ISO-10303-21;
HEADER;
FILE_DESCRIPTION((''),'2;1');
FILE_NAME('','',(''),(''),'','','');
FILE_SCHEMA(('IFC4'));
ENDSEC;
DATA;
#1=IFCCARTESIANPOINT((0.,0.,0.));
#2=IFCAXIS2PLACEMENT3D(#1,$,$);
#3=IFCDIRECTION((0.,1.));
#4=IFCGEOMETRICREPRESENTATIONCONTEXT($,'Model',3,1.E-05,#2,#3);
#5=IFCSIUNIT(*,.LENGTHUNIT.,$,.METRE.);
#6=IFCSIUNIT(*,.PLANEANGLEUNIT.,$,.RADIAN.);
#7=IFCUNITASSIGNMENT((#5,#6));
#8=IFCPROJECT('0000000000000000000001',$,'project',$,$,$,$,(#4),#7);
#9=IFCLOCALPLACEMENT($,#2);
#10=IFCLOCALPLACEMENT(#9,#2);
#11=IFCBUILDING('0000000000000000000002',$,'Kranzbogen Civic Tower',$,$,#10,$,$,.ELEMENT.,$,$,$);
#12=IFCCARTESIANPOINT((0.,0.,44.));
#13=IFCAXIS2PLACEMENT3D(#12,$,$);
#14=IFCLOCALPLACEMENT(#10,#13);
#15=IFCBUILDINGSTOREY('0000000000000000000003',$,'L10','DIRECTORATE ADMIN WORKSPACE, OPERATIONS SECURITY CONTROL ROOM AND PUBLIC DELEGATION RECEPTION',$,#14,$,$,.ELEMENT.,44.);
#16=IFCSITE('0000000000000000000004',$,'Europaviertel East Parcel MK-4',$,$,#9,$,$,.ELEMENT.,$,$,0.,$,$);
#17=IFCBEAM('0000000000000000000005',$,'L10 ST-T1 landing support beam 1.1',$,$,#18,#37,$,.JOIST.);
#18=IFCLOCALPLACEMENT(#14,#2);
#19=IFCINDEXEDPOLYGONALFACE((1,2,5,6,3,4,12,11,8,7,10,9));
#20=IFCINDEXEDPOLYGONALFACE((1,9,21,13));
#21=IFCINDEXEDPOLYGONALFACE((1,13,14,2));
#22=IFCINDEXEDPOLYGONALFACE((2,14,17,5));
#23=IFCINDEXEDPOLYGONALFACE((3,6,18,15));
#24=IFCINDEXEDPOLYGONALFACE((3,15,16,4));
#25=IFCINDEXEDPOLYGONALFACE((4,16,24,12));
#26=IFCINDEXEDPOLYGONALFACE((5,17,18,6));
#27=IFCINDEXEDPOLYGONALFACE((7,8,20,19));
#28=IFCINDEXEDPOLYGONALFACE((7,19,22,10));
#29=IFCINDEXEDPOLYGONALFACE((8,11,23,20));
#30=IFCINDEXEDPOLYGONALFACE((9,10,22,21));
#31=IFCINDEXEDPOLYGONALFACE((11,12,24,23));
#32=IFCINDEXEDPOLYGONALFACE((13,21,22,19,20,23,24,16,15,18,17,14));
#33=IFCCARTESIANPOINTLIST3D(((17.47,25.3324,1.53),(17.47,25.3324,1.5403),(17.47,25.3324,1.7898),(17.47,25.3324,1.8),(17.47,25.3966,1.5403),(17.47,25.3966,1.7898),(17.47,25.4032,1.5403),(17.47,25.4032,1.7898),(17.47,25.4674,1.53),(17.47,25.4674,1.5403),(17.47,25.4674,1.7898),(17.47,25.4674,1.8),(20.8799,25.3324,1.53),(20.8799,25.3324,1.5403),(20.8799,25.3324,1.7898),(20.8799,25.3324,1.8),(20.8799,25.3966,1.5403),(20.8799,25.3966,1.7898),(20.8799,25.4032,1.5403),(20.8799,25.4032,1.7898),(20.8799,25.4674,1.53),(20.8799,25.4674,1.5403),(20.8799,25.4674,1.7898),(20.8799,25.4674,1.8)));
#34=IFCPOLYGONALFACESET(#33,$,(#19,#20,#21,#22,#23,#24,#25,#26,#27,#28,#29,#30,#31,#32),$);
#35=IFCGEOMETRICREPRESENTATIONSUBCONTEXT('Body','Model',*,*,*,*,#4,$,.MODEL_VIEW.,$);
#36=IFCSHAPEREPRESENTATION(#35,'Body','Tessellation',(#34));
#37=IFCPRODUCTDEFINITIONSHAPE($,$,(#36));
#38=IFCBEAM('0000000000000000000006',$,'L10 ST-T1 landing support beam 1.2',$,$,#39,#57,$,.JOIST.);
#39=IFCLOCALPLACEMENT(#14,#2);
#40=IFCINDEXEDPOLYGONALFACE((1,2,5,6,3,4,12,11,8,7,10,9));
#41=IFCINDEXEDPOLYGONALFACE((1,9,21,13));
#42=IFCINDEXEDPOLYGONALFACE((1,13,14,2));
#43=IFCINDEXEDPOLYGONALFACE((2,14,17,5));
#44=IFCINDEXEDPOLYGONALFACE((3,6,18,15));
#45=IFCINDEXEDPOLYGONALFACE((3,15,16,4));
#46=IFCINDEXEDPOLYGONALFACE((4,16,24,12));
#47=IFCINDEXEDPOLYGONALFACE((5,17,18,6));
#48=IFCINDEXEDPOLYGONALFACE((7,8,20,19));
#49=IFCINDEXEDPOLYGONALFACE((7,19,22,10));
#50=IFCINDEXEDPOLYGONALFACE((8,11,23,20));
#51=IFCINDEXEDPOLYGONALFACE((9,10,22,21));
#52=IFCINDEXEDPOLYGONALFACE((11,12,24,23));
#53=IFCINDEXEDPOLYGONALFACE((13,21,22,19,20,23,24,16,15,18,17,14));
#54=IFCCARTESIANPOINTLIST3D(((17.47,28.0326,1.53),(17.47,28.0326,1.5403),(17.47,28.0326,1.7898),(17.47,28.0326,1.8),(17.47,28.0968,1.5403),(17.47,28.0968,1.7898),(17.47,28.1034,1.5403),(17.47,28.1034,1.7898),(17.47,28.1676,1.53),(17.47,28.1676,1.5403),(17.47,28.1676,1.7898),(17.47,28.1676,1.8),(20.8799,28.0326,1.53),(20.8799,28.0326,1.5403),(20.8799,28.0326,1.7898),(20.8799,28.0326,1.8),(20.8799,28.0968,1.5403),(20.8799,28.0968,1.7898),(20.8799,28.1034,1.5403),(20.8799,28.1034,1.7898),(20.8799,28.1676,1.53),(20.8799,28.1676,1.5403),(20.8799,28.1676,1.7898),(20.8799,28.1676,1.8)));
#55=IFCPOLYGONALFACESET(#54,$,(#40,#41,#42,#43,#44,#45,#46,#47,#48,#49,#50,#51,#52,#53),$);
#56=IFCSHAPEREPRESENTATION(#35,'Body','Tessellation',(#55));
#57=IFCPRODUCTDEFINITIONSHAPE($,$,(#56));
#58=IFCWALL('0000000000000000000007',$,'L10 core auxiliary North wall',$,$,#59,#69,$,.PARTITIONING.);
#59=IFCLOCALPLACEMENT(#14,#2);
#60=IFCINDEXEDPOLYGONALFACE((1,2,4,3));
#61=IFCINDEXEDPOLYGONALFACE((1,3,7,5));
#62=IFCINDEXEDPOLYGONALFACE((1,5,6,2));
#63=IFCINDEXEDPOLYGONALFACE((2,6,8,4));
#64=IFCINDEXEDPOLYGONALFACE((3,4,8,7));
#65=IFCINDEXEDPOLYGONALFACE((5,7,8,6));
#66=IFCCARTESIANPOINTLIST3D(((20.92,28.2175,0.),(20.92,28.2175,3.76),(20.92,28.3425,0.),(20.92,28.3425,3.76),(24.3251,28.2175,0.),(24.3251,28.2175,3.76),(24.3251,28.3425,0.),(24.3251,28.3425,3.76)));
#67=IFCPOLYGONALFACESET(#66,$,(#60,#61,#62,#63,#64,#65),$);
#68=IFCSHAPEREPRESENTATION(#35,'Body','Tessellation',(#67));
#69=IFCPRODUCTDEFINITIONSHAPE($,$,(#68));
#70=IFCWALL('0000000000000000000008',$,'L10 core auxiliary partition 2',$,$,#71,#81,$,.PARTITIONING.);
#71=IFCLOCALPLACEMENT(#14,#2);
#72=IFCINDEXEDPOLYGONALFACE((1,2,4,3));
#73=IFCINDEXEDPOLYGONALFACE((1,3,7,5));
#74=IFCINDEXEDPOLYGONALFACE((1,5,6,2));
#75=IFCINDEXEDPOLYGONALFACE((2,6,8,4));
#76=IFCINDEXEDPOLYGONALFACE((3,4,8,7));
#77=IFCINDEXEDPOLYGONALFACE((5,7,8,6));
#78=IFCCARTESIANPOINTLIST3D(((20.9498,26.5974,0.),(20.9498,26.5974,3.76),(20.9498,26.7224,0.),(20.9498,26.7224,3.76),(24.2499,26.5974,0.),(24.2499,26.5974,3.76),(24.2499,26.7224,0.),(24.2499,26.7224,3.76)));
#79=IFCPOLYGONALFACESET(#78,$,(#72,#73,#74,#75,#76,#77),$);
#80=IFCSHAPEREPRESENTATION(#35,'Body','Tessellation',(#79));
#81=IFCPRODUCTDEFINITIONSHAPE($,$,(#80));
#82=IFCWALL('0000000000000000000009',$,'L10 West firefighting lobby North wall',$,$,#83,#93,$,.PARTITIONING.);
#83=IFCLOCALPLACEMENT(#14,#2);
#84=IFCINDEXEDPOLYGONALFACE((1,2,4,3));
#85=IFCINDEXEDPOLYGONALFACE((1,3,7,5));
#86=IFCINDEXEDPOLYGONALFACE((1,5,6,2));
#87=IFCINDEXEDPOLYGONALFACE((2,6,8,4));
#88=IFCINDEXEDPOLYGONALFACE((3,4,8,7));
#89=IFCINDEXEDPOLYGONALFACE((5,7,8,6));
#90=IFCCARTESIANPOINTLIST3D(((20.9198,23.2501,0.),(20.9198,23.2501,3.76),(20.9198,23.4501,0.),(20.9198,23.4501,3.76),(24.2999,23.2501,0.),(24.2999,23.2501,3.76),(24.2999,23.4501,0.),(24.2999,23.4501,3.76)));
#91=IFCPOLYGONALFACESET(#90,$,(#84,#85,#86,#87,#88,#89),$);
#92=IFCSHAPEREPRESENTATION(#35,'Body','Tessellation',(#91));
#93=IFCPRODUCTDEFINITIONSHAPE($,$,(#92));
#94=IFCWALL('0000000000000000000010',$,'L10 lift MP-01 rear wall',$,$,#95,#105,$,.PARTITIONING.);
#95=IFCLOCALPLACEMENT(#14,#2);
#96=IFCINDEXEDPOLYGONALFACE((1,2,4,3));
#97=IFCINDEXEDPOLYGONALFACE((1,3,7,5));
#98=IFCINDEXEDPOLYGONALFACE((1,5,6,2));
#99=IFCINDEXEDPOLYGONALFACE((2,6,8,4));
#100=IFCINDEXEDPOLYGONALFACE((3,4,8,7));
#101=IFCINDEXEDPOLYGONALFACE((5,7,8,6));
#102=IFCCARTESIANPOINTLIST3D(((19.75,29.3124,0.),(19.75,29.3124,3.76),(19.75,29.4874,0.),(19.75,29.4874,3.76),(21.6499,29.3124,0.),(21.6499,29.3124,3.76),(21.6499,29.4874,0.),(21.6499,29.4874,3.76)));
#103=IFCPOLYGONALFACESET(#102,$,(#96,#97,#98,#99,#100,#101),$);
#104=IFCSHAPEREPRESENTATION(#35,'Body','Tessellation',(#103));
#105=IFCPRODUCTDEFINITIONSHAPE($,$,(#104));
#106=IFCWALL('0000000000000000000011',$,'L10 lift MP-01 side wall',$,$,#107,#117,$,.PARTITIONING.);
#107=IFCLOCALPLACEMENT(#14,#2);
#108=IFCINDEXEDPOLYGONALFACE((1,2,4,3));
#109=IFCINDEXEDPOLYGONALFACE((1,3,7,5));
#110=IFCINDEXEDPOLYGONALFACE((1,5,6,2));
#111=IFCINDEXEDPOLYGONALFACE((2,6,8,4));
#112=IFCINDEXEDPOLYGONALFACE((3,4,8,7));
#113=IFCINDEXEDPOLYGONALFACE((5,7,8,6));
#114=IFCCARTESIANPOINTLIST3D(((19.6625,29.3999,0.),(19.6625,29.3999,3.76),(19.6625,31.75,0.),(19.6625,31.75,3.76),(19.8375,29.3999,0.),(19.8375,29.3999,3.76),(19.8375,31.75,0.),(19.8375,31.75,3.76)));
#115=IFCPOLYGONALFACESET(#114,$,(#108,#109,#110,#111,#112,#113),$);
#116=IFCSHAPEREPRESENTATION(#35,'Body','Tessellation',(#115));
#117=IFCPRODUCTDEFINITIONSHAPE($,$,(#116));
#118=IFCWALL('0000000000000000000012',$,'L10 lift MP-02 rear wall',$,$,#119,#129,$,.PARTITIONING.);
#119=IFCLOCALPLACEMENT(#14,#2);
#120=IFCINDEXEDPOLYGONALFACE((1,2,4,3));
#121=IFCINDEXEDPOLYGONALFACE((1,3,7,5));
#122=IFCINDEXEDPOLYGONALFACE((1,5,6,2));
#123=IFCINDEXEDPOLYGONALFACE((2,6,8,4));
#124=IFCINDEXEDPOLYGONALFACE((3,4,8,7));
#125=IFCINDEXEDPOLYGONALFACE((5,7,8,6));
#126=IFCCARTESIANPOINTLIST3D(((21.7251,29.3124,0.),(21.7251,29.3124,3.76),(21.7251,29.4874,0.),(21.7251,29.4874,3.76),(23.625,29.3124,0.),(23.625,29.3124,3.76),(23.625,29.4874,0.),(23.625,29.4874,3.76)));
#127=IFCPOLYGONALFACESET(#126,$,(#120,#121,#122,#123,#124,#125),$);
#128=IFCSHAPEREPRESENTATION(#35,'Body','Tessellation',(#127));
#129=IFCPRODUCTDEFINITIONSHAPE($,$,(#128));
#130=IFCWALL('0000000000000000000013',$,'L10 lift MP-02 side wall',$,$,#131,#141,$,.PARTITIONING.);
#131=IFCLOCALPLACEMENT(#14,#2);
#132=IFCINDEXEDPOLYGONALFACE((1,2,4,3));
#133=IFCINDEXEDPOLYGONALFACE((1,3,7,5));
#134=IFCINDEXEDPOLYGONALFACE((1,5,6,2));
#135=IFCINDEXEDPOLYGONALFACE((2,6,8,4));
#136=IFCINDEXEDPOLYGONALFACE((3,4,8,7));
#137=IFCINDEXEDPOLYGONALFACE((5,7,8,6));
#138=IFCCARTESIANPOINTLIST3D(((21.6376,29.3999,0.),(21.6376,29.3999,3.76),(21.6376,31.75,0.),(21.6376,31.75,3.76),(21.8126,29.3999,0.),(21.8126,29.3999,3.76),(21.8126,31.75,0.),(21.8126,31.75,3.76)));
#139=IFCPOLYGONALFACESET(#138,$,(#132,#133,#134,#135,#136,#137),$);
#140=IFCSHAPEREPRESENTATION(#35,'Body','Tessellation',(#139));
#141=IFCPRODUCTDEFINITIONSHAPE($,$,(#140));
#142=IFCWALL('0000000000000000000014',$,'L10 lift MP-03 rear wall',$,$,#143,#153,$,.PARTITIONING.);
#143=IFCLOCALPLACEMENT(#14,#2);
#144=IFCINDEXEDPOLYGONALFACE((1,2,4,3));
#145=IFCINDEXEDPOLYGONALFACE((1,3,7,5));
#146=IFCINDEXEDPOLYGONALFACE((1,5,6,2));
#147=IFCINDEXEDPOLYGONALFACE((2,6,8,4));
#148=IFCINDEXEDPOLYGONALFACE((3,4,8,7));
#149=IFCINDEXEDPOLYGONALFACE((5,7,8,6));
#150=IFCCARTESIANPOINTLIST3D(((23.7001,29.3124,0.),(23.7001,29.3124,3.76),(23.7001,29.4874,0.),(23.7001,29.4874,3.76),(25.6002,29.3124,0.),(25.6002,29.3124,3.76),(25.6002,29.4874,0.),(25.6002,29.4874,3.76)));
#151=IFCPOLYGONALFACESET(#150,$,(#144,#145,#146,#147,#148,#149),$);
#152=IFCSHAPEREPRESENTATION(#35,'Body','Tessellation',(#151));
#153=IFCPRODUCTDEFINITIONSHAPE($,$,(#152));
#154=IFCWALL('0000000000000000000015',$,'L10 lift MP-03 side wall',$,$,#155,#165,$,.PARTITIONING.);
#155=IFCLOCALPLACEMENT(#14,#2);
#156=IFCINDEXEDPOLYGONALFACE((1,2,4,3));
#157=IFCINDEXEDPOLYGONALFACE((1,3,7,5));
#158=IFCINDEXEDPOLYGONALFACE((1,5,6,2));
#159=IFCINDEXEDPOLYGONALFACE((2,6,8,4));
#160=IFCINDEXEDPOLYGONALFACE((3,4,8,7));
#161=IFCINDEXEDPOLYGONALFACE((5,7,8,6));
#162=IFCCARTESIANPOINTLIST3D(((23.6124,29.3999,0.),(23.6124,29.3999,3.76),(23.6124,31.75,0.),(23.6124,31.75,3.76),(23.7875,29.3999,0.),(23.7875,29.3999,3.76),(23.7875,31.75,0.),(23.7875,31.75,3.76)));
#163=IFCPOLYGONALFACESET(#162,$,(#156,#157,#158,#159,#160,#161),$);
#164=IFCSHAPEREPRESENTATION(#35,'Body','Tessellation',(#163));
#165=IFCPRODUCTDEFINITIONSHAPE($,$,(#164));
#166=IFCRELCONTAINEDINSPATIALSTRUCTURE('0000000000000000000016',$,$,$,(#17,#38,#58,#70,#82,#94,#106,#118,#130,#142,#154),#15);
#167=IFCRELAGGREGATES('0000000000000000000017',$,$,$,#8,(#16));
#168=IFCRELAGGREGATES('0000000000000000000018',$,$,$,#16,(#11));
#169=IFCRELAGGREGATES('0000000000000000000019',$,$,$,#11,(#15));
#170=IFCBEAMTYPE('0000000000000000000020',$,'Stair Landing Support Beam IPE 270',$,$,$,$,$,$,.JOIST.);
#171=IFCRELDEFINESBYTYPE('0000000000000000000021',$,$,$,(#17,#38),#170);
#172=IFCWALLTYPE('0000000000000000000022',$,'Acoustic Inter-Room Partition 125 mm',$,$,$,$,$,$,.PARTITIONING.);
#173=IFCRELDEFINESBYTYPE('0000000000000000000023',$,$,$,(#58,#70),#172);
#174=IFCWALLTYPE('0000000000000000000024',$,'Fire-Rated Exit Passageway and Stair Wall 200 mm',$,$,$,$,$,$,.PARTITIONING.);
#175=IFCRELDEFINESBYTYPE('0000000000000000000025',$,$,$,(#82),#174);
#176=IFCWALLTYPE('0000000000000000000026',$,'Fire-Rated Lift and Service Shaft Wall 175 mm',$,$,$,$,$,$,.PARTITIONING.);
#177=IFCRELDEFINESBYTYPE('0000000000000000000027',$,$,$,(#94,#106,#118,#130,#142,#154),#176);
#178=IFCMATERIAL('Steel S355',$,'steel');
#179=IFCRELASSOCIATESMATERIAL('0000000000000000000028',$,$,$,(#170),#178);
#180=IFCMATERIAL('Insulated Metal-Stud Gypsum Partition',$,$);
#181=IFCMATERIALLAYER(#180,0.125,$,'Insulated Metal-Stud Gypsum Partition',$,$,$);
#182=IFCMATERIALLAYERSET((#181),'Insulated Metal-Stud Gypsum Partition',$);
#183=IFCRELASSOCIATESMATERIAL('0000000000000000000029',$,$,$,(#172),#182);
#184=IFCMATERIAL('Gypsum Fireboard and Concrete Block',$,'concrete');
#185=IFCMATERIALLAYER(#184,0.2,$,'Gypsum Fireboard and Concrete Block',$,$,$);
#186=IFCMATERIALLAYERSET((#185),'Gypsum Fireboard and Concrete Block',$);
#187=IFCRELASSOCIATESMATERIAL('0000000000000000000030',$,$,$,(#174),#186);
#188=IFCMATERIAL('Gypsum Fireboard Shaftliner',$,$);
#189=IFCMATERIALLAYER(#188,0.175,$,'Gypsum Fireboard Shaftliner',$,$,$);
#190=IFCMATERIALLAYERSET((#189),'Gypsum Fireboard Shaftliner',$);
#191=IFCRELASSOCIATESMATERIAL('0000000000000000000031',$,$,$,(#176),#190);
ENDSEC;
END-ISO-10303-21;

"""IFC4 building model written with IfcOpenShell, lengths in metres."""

from ifc_helpers import new_model, si_unit, direction, frame, frame_2d, origin, origin_2d, place, context, subcontext, project, spatial, rectangle, i_section, extrude, material, layer, layer_set, material_profile, profile_set, type_object, element, save


model = new_model("IFC4")

# Units and contexts
model_context = context("Model", 3, precision=1e-05, world=origin(), true_north=direction((0.0, 1.0)))
body_context = subcontext(model_context, "Body", "Model", "MODEL_VIEW")
ifc_project = project(units=[si_unit("LENGTHUNIT", "METRE"), si_unit("PLANEANGLEUNIT", "RADIAN")], contexts=[model_context])

# Site, building, storey
site_placement = place(None, origin())
site = spatial("IfcSite", under=ifc_project, at=site_placement, Name="Europaviertel East Parcel MK-4", CompositionType="ELEMENT", RefElevation=0.0)
building_placement = place(site_placement, origin())
building = spatial("IfcBuilding", under=site, at=building_placement, Name="Kranzbogen Civic Tower", CompositionType="ELEMENT")
storey_placement = place(building_placement, frame((0.0, 0.0, 44.0)))
storey = spatial("IfcBuildingStorey", under=building, at=storey_placement, Name="L10", Description="DIRECTORATE ADMIN WORKSPACE, OPERATIONS SECURITY CONTROL ROOM AND PUBLIC DELEGATION RECEPTION", CompositionType="ELEMENT", Elevation=44.0)

# Beams
ifc_material_1 = material(Name="Steel S355", Category="steel")
ifc_material_profile = material_profile(ifc_material_1, i_section(OverallWidth=0.135, OverallDepth=0.27, WebThickness=0.0066, FlangeThickness=0.0103, at=origin_2d()), Name="IPE 270")
ifc_profile_set = profile_set([ifc_material_profile], Name="Steel S355")
beam_type = type_object("IfcBeamType", Name="Stair Landing Support Beam IPE 270", PredefinedType="JOIST", material=ifc_profile_set)
for number, where, z_axis, x_axis, name in (
    (1, (20.8799, 25.3999, 1.665), (-1.0, 0.0, 0.0), (0.0, -1.0, 0.0), "L10 ST-T1 landing support beam 1.1"),
    (2, (20.8799, 28.1001, 1.665), (-1.0, 0.0, 0.0), (0.0, -1.0, 0.0), "L10 ST-T1 landing support beam 1.2"),
):
    element("IfcBeam", number, at=place(storey_placement, frame(where, z_axis=z_axis, x_axis=x_axis)), inside=storey, type_object=beam_type, Name=name, PredefinedType="JOIST", context=body_context, shape_type="SweptSolid", body=[
        extrude(i_section(OverallWidth=0.135, OverallDepth=0.27, WebThickness=0.0066, FlangeThickness=0.0103, at=origin_2d()), origin(), (0.0, 0.0, 1.0), 3.4099),
    ])

# Walls
ifc_material_2 = material(Name="Insulated Metal-Stud Gypsum Partition")
ifc_layer_1 = layer(ifc_material_2, 0.125, Name="Insulated Metal-Stud Gypsum Partition")
ifc_layer_set_1 = layer_set([ifc_layer_1], Name="Insulated Metal-Stud Gypsum Partition")
wall_type_1 = type_object("IfcWallType", Name="Acoustic Inter-Room Partition 125 mm", PredefinedType="PARTITIONING", material=ifc_layer_set_1)
wall_1_placement = place(storey_placement, frame((20.9199, 28.28, 0.0), z_axis=(0.0, 0.0, 1.0), x_axis=(1.0, 0.0, 0.0)))
element("IfcWall", 3, at=wall_1_placement, inside=storey, type_object=wall_type_1, Name="L10 core auxiliary North wall", PredefinedType="PARTITIONING", context=body_context, shape_type="SweptSolid", body=[
    extrude(rectangle(XDim=3.405, YDim=0.125, at=frame_2d((1.7026, 0.0))), origin(), (0.0, 0.0, 1.0), 3.76),
])
wall_2_placement = place(storey_placement, frame((20.95, 26.6599, 0.0), z_axis=(0.0, 0.0, 1.0), x_axis=(1.0, 0.0, 0.0)))
element("IfcWall", 4, at=wall_2_placement, inside=storey, type_object=wall_type_1, Name="L10 core auxiliary partition 2", PredefinedType="PARTITIONING", context=body_context, shape_type="SweptSolid", body=[
    extrude(rectangle(XDim=3.3, YDim=0.125, at=frame_2d((1.6499, 0.0))), origin(), (0.0, 0.0, 1.0), 3.76),
])
ifc_material_3 = material(Name="Gypsum Fireboard and Concrete Block", Category="concrete")
ifc_layer_2 = layer(ifc_material_3, 0.2, Name="Gypsum Fireboard and Concrete Block")
ifc_layer_set_2 = layer_set([ifc_layer_2], Name="Gypsum Fireboard and Concrete Block")
wall_type_2 = type_object("IfcWallType", Name="Fire-Rated Exit Passageway and Stair Wall 200 mm", PredefinedType="PARTITIONING", material=ifc_layer_set_2)
wall_3_placement = place(storey_placement, frame((20.9199, 23.3501, 0.0), z_axis=(0.0, 0.0, 1.0), x_axis=(1.0, 0.0, 0.0)))
element("IfcWall", 5, at=wall_3_placement, inside=storey, type_object=wall_type_2, Name="L10 West firefighting lobby North wall", PredefinedType="PARTITIONING", context=body_context, shape_type="SweptSolid", body=[
    extrude(rectangle(XDim=3.3801, YDim=0.2, at=frame_2d((1.6899, 0.0))), origin(), (0.0, 0.0, 1.0), 3.76),
])
ifc_material_4 = material(Name="Gypsum Fireboard Shaftliner")
ifc_layer_3 = layer(ifc_material_4, 0.175, Name="Gypsum Fireboard Shaftliner")
ifc_layer_set_3 = layer_set([ifc_layer_3], Name="Gypsum Fireboard Shaftliner")
wall_type_3 = type_object("IfcWallType", Name="Fire-Rated Lift and Service Shaft Wall 175 mm", PredefinedType="PARTITIONING", material=ifc_layer_set_3)
wall_4_placement = place(storey_placement, frame((19.75, 29.3999, 0.0), z_axis=(0.0, 0.0, 1.0), x_axis=(1.0, 0.0, 0.0)))
element("IfcWall", 6, at=wall_4_placement, inside=storey, type_object=wall_type_3, Name="L10 lift MP-01 rear wall", PredefinedType="PARTITIONING", context=body_context, shape_type="SweptSolid", body=[
    extrude(rectangle(XDim=1.8999, YDim=0.175, at=frame_2d((0.95, 0.0))), origin(), (0.0, 0.0, 1.0), 3.76),
])
wall_5_placement = place(storey_placement, frame((19.75, 29.3999, 0.0), z_axis=(0.0, 0.0, 1.0), x_axis=(0.0, 1.0, 0.0)))
element("IfcWall", 7, at=wall_5_placement, inside=storey, type_object=wall_type_3, Name="L10 lift MP-01 side wall", PredefinedType="PARTITIONING", context=body_context, shape_type="SweptSolid", body=[
    extrude(rectangle(XDim=2.3501, YDim=0.175, at=frame_2d((1.175, 0.0))), origin(), (0.0, 0.0, 1.0), 3.76),
])
wall_6_placement = place(storey_placement, frame((21.7251, 29.3999, 0.0), z_axis=(0.0, 0.0, 1.0), x_axis=(1.0, 0.0, 0.0)))
element("IfcWall", 8, at=wall_6_placement, inside=storey, type_object=wall_type_3, Name="L10 lift MP-02 rear wall", PredefinedType="PARTITIONING", context=body_context, shape_type="SweptSolid", body=[
    extrude(rectangle(XDim=1.8999, YDim=0.175, at=frame_2d((0.95, 0.0))), origin(), (0.0, 0.0, 1.0), 3.76),
])
wall_7_placement = place(storey_placement, frame((21.7251, 29.3999, 0.0), z_axis=(0.0, 0.0, 1.0), x_axis=(0.0, 1.0, 0.0)))
element("IfcWall", 9, at=wall_7_placement, inside=storey, type_object=wall_type_3, Name="L10 lift MP-02 side wall", PredefinedType="PARTITIONING", context=body_context, shape_type="SweptSolid", body=[
    extrude(rectangle(XDim=2.3501, YDim=0.175, at=frame_2d((1.175, 0.0))), origin(), (0.0, 0.0, 1.0), 3.76),
])
wall_8_placement = place(storey_placement, frame((23.7, 29.3999, 0.0), z_axis=(0.0, 0.0, 1.0), x_axis=(1.0, 0.0, 0.0)))
element("IfcWall", 10, at=wall_8_placement, inside=storey, type_object=wall_type_3, Name="L10 lift MP-03 rear wall", PredefinedType="PARTITIONING", context=body_context, shape_type="SweptSolid", body=[
    extrude(rectangle(XDim=1.9001, YDim=0.175, at=frame_2d((0.9502, 0.0))), origin(), (0.0, 0.0, 1.0), 3.76),
])
wall_9_placement = place(storey_placement, frame((23.7, 29.3999, 0.0), z_axis=(0.0, 0.0, 1.0), x_axis=(0.0, 1.0, 0.0)))
element("IfcWall", 11, at=wall_9_placement, inside=storey, type_object=wall_type_3, Name="L10 lift MP-03 side wall", PredefinedType="PARTITIONING", context=body_context, shape_type="SweptSolid", body=[
    extrude(rectangle(XDim=2.3501, YDim=0.175, at=frame_2d((1.175, 0.0))), origin(), (0.0, 0.0, 1.0), 3.76),
])

save(model, "model.ifc")
